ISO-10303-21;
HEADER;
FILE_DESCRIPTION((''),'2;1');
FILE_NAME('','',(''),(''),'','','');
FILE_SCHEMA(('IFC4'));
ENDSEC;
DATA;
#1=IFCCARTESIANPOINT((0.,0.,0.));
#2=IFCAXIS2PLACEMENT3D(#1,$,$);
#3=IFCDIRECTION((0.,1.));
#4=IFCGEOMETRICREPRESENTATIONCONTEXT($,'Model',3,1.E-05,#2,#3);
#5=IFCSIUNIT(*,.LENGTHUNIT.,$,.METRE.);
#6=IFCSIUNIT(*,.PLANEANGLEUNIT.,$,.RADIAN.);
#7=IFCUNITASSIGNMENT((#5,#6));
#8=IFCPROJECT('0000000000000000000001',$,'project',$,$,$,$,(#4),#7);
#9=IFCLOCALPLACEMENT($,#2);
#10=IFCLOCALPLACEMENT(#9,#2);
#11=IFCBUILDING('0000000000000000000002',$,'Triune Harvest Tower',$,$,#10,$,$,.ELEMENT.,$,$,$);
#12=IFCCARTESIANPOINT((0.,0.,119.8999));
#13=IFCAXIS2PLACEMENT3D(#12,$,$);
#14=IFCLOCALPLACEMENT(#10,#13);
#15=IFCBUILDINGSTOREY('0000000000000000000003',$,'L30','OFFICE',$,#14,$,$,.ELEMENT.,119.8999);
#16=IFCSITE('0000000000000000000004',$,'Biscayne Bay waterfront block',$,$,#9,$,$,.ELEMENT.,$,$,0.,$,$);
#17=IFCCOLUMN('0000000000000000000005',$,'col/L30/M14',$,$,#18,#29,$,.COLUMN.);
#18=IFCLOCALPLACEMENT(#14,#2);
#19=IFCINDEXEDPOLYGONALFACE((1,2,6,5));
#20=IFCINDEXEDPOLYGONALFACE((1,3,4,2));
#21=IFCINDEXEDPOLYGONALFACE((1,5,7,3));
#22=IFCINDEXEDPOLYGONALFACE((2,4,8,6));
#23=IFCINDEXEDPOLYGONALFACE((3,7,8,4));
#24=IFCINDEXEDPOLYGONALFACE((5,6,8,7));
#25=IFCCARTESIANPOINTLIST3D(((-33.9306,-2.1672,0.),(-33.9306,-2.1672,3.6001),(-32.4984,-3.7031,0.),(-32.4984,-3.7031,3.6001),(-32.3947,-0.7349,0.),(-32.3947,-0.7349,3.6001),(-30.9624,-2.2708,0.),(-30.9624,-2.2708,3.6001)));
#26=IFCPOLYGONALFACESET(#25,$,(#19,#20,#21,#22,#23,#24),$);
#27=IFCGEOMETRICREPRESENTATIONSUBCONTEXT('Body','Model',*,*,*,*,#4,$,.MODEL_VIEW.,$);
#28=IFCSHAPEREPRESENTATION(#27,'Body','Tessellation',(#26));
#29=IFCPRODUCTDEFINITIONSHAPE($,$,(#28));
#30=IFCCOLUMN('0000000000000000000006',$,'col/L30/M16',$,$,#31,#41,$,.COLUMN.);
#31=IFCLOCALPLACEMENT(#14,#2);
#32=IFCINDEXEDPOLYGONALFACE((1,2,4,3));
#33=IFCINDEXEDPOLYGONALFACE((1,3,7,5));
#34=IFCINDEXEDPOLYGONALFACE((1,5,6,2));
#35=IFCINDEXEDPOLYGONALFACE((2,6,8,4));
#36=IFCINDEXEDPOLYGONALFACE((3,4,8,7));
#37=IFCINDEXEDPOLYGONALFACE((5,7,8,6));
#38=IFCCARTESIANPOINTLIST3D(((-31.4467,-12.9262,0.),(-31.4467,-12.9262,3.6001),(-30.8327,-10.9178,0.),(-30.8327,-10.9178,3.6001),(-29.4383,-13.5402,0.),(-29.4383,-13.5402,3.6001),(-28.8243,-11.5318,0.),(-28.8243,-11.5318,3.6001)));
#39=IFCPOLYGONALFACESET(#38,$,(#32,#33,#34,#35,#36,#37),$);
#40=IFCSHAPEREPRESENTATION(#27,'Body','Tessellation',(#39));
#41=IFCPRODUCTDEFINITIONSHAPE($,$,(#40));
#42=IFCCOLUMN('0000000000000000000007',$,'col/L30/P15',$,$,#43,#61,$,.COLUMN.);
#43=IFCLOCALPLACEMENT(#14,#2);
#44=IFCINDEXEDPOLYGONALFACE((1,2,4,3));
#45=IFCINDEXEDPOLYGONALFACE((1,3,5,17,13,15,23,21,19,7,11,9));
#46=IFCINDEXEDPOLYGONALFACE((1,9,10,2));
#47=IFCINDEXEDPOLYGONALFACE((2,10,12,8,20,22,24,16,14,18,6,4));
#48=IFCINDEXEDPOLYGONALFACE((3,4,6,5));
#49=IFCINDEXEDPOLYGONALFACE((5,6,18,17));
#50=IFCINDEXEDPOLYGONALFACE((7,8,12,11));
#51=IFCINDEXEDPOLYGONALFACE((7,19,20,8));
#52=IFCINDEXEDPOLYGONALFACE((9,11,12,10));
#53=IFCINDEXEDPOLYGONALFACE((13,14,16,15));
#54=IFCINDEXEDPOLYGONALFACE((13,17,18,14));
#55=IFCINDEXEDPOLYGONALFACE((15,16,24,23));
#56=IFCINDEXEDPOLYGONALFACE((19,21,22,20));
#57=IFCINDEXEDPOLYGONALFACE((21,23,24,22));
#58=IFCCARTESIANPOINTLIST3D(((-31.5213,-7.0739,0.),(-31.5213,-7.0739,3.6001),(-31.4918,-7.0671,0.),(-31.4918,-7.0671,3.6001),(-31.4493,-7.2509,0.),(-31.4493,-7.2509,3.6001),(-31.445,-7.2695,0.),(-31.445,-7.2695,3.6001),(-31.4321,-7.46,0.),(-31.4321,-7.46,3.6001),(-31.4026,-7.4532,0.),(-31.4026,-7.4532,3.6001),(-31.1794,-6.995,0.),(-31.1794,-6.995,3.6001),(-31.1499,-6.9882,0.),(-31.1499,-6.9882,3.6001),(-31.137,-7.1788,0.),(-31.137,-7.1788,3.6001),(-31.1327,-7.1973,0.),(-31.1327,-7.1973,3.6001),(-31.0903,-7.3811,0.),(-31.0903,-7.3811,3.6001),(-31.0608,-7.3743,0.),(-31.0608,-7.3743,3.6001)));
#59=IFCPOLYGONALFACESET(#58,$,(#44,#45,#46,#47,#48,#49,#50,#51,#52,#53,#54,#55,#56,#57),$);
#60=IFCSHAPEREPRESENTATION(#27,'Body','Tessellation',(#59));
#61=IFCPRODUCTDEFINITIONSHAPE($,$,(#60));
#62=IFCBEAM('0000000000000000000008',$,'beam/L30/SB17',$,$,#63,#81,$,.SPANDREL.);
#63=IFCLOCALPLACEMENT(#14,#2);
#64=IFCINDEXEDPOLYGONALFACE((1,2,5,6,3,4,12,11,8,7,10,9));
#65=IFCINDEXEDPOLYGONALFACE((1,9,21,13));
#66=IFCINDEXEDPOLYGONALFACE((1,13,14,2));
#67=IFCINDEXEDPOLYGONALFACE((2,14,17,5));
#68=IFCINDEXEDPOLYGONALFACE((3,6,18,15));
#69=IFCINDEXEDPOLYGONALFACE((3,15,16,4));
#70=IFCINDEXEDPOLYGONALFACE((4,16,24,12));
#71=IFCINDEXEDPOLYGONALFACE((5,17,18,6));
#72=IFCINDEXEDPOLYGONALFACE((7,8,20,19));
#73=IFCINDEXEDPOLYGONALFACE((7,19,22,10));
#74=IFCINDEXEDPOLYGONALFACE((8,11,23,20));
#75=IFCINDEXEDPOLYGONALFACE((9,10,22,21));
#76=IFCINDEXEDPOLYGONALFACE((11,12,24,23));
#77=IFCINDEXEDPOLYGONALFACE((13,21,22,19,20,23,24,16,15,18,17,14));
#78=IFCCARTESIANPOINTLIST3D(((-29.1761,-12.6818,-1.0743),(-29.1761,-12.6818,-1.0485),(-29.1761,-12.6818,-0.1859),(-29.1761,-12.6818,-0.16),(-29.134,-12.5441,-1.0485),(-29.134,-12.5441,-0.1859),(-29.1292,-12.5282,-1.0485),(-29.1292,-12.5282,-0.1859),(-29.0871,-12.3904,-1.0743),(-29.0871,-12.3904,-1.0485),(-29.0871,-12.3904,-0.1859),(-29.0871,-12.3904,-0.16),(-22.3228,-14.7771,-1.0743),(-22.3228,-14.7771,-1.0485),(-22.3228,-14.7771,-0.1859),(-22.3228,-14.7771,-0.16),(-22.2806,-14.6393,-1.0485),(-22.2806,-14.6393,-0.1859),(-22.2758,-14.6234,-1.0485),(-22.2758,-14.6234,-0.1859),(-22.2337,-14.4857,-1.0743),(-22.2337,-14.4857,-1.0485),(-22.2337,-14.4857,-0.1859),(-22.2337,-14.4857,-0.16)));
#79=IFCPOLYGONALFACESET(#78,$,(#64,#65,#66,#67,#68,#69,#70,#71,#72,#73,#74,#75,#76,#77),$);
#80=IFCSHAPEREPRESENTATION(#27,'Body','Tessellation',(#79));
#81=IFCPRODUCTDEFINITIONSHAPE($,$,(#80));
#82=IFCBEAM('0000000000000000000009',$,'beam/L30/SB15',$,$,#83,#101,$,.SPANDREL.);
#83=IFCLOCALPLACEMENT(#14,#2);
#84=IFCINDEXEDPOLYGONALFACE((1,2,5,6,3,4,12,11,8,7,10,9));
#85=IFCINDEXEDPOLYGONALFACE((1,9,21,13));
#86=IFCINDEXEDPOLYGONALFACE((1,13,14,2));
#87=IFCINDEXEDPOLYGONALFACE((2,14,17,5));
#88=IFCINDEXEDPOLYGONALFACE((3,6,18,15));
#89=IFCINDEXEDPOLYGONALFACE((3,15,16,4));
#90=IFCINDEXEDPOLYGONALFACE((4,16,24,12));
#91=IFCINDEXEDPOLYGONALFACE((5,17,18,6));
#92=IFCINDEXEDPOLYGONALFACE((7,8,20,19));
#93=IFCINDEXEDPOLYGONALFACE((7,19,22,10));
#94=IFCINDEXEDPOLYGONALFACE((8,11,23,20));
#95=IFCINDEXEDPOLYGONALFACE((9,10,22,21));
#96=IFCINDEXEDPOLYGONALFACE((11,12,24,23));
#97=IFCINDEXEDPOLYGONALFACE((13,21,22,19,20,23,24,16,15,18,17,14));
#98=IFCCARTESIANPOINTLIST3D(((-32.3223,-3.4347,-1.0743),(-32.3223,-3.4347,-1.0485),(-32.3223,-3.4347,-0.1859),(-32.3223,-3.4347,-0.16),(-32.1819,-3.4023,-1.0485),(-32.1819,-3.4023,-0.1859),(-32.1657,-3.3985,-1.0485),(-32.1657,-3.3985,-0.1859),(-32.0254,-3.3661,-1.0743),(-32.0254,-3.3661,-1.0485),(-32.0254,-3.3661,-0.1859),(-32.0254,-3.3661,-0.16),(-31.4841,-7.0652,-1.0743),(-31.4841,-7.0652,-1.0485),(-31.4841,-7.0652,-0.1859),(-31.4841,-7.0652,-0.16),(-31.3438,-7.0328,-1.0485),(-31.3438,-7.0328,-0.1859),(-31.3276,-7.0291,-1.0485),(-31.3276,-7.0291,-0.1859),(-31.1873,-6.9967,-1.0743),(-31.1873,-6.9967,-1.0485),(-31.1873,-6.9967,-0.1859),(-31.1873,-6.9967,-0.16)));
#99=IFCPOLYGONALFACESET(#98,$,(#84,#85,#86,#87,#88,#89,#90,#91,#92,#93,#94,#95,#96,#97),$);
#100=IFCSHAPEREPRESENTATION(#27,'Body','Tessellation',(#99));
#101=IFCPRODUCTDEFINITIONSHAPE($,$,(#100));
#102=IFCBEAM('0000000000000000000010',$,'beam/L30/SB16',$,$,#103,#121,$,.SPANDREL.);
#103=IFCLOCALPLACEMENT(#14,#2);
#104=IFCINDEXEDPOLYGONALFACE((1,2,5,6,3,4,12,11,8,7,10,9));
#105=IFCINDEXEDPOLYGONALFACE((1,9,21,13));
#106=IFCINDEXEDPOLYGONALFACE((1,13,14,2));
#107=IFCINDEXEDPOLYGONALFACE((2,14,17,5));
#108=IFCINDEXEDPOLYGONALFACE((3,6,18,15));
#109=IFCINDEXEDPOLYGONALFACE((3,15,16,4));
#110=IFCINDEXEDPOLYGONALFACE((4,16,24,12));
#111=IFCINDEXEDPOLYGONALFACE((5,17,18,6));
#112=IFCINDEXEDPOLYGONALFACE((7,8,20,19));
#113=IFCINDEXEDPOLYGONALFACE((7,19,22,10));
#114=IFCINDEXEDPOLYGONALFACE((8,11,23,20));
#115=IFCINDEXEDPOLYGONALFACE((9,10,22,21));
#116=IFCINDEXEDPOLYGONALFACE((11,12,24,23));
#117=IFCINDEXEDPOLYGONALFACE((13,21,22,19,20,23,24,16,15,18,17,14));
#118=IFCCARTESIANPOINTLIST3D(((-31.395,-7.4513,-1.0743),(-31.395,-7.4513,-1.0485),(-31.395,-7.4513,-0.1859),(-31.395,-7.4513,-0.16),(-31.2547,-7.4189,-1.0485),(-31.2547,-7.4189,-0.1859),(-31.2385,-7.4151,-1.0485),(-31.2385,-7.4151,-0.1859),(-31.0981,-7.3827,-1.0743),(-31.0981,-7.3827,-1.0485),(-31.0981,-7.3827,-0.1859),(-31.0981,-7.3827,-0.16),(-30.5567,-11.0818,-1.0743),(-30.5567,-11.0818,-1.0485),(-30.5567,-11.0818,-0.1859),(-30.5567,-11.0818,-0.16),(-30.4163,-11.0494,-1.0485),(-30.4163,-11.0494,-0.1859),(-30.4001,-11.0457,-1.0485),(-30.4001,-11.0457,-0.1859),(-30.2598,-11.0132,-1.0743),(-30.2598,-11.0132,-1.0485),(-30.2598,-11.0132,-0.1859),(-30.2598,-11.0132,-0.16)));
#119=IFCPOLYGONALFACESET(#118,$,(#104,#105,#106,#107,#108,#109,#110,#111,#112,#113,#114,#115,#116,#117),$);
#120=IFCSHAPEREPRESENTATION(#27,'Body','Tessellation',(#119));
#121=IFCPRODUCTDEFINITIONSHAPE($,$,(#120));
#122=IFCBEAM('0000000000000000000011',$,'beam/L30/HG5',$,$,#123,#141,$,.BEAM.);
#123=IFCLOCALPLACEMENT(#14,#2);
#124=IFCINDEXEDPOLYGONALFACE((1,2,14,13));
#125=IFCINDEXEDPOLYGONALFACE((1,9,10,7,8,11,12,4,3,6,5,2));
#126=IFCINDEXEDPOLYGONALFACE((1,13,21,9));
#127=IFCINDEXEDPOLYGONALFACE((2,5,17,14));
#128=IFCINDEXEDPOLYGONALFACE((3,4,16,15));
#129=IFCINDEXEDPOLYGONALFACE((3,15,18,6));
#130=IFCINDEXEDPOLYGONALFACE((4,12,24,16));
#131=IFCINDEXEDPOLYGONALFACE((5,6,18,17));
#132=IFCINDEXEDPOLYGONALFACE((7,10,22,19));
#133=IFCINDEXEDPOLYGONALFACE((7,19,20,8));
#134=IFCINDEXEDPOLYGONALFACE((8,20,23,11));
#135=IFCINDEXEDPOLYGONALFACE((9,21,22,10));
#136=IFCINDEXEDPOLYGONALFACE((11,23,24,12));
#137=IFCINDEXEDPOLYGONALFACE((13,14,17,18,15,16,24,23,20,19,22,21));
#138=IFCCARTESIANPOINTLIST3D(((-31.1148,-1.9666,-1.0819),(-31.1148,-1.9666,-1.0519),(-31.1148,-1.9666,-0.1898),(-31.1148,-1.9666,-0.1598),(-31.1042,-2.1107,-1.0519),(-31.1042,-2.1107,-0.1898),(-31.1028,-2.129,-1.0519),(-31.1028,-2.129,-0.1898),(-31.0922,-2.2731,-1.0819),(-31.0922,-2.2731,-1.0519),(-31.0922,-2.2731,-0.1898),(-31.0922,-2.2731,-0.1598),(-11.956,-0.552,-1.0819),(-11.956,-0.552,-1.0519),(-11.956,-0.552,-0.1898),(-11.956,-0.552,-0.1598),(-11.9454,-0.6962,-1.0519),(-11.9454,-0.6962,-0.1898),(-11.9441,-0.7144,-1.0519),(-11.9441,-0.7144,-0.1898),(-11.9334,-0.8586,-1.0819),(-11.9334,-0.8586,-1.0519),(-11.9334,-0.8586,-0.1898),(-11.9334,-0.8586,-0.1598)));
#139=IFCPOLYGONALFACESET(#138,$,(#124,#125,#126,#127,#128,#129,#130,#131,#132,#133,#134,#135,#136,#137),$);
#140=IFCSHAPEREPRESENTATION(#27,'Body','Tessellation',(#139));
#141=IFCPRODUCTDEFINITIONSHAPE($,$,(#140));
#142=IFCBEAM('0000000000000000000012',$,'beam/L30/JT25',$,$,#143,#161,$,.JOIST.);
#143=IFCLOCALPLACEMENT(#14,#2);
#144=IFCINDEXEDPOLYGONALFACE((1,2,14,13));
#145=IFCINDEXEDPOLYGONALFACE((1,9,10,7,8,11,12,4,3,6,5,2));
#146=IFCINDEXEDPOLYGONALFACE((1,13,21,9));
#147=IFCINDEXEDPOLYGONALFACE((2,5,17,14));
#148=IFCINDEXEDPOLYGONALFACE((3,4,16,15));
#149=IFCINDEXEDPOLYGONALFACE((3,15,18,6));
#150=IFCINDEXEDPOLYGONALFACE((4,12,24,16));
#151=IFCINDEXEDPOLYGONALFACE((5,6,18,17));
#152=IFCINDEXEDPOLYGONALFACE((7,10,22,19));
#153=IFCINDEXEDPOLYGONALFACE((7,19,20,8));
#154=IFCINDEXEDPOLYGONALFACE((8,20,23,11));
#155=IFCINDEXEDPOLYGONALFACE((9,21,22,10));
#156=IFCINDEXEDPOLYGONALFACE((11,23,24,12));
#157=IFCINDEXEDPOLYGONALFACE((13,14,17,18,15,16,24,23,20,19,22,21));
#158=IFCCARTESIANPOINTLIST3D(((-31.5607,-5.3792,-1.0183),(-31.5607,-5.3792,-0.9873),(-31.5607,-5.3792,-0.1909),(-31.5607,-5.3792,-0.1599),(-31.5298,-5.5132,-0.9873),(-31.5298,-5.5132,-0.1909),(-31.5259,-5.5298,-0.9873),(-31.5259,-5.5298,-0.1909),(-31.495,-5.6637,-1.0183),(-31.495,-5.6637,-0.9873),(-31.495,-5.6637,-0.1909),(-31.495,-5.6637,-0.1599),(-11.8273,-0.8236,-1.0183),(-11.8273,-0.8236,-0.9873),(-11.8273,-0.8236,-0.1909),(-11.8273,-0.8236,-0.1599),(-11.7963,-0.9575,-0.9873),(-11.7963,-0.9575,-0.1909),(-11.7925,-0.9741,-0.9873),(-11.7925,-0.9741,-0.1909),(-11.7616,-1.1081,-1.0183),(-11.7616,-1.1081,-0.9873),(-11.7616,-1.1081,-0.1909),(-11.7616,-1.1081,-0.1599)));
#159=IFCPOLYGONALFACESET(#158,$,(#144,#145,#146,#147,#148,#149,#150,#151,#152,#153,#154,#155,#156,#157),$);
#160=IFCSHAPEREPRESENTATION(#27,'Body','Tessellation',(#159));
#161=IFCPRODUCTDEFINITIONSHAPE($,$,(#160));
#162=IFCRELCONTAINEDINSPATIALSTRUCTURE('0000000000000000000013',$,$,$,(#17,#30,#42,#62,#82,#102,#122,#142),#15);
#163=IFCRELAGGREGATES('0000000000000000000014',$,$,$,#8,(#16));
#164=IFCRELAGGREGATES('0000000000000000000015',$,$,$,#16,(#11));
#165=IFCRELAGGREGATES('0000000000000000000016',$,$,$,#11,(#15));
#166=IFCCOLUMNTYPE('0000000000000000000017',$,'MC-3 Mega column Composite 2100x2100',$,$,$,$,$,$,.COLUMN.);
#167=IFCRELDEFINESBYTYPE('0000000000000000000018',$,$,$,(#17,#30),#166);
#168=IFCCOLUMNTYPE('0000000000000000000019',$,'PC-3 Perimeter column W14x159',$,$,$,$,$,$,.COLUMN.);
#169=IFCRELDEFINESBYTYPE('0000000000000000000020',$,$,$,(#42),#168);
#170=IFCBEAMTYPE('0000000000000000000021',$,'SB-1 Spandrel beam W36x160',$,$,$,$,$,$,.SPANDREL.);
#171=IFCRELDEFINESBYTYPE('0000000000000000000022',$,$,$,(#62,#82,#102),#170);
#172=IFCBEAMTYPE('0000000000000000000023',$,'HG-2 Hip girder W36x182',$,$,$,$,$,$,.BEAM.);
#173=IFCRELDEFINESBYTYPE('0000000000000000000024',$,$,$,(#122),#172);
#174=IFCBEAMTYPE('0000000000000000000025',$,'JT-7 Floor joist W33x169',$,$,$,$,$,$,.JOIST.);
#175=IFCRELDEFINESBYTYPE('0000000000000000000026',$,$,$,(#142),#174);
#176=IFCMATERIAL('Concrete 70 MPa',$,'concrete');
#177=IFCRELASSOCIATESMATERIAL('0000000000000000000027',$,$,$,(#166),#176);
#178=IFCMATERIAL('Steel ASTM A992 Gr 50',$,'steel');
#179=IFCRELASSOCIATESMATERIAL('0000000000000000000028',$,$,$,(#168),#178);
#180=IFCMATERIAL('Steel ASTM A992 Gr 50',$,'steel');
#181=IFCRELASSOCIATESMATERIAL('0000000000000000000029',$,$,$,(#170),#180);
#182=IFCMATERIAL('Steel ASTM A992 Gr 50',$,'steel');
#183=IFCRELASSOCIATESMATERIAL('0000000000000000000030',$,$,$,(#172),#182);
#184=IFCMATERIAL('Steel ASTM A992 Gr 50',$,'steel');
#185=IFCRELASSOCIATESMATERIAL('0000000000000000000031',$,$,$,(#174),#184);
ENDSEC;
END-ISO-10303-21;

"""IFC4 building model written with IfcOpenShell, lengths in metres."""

from ifc_helpers import new_model, si_unit, direction, frame, origin, origin_2d, place, context, subcontext, project, spatial, rectangle, i_section, extrude, source, transform, mapped, material, material_profile, profile_set, type_object, element, save


model = new_model("IFC4")

# Units and contexts
model_context = context("Model", 3, precision=1e-05, world=origin(), true_north=direction((0.0, 1.0)))
body_context = subcontext(model_context, "Body", "Model", "MODEL_VIEW")
ifc_project = project(units=[si_unit("LENGTHUNIT", "METRE"), si_unit("PLANEANGLEUNIT", "RADIAN")], contexts=[model_context])

# Site, building, storey
site_placement = place(None, origin())
site = spatial("IfcSite", under=ifc_project, at=site_placement, Name="Biscayne Bay waterfront block", CompositionType="ELEMENT", RefElevation=0.0)
building_placement = place(site_placement, origin())
building = spatial("IfcBuilding", under=site, at=building_placement, Name="Triune Harvest Tower", CompositionType="ELEMENT")
storey_placement = place(building_placement, frame((0.0, 0.0, 119.8999)))
storey = spatial("IfcBuildingStorey", under=building, at=storey_placement, Name="L30", Description="OFFICE", CompositionType="ELEMENT", Elevation=119.8999)

# Columns
ifc_material_1 = material(Name="Concrete 70 MPa", Category="concrete")
ifc_material_profile_1 = material_profile(ifc_material_1, rectangle(XDim=2.1001, YDim=2.1001, at=origin_2d()), Name="Composite 2100x2100")
ifc_profile_set_1 = profile_set([ifc_material_profile_1], Name="Concrete 70 MPa")
column_type_1 = type_object("IfcColumnType", Name="MC-3 Mega column Composite 2100x2100", PredefinedType="COLUMN", material=ifc_profile_set_1)
shared_shape_1 = source(origin(), body_context, "Body", "SweptSolid", [
    extrude(rectangle(XDim=2.1001, YDim=2.1001, at=origin_2d()), origin(), (0.0, 0.0, 1.0), 3.6001),
])
for number, where, z_axis, x_axis, name in (
    (1, (-32.4465, -2.219, 0.0), (0.0, 0.0, 1.0), (-0.731355, -0.681997, 0.0), "col/L30/M14"),
    (2, (-30.1355, -12.229, 0.0), (0.0, 0.0, 1.0), (0.956305, -0.292372, 0.0), "col/L30/M16"),
):
    element("IfcColumn", number, at=place(storey_placement, frame(where, z_axis=z_axis, x_axis=x_axis)), inside=storey, type_object=column_type_1, Name=name, PredefinedType="COLUMN", context=body_context, shape_type="MappedRepresentation", body=[
        mapped(shared_shape_1, transform((0.0, 0.0, 0.0), scale=1.0)),
    ])
ifc_material_2 = material(Name="Steel ASTM A992 Gr 50", Category="steel")
ifc_material_profile_2 = material_profile(ifc_material_2, i_section(OverallWidth=0.3962, OverallDepth=0.3811, WebThickness=0.019, FlangeThickness=0.0303, at=origin_2d()), Name="W14x159")
ifc_profile_set_2 = profile_set([ifc_material_profile_2], Name="Steel ASTM A992 Gr 50")
column_type_2 = type_object("IfcColumnType", Name="PC-3 Perimeter column W14x159", PredefinedType="COLUMN", material=ifc_profile_set_2)
shared_shape_2 = source(origin(), body_context, "Body", "SweptSolid", [
    extrude(i_section(OverallWidth=0.3962, OverallDepth=0.3811, WebThickness=0.019, FlangeThickness=0.0303, at=origin_2d()), origin(), (0.0, 0.0, 1.0), 3.6001),
])
column_placement = place(storey_placement, frame((-31.291, -7.2241, 0.0), z_axis=(0.0, 0.0, 1.0), x_axis=(0.224951, -0.97437, 0.0)))
element("IfcColumn", 3, at=column_placement, inside=storey, type_object=column_type_2, Name="col/L30/P15", PredefinedType="COLUMN", context=body_context, shape_type="MappedRepresentation", body=[
    mapped(shared_shape_2, transform((0.0, 0.0, 0.0), scale=1.0)),
])

# Beams
ifc_material_3 = material(Name="Steel ASTM A992 Gr 50", Category="steel")
ifc_material_profile_3 = material_profile(ifc_material_3, i_section(OverallWidth=0.3047, OverallDepth=0.9143, WebThickness=0.0166, FlangeThickness=0.0259, at=origin_2d()), Name="W36x160")
ifc_profile_set_3 = profile_set([ifc_material_profile_3], Name="Steel ASTM A992 Gr 50")
beam_type_1 = type_object("IfcBeamType", Name="SB-1 Spandrel beam W36x160", PredefinedType="SPANDREL", material=ifc_profile_set_3)
shared_shape_3 = source(origin(), body_context, "Body", "SweptSolid", [
    extrude(i_section(OverallWidth=0.3047, OverallDepth=0.9143, WebThickness=0.0166, FlangeThickness=0.0259, at=origin_2d()), origin(), (0.0, 0.0, 1.0), 7.1665),
])
beam_1_placement = place(storey_placement, frame((-29.1316, -12.5361, -0.6172), z_axis=(0.956306, -0.292367, 0.0), x_axis=(0.292367, 0.956306, 0.0)))
element("IfcBeam", 4, at=beam_1_placement, inside=storey, type_object=beam_type_1, Name="beam/L30/SB17", PredefinedType="SPANDREL", context=body_context, shape_type="MappedRepresentation", body=[
    mapped(shared_shape_3, transform((0.0, 0.0, 0.0), scale=1.0)),
])
shared_shape_4 = source(origin(), body_context, "Body", "SweptSolid", [
    extrude(i_section(OverallWidth=0.3047, OverallDepth=0.9143, WebThickness=0.0166, FlangeThickness=0.0259, at=origin_2d()), origin(), (0.0, 0.0, 1.0), 3.7261),
])
for number, where, z_axis, x_axis, name in (
    (5, (-32.1738, -3.4004, -0.6172), (0.224936, -0.974374, 0.0), (0.974374, 0.224936, 0.0), "beam/L30/SB15"),
    (6, (-31.2466, -7.417, -0.6172), (0.224998, -0.974359, 0.0), (0.974359, 0.224998, 0.0), "beam/L30/SB16"),
):
    element("IfcBeam", number, at=place(storey_placement, frame(where, z_axis=z_axis, x_axis=x_axis)), inside=storey, type_object=beam_type_1, Name=name, PredefinedType="SPANDREL", context=body_context, shape_type="MappedRepresentation", body=[
        mapped(shared_shape_4, transform((0.0, 0.0, 0.0), scale=1.0)),
    ])
ifc_material_4 = material(Name="Steel ASTM A992 Gr 50", Category="steel")
ifc_material_profile_4 = material_profile(ifc_material_4, i_section(OverallWidth=0.3074, OverallDepth=0.9221, WebThickness=0.0183, FlangeThickness=0.03, at=origin_2d()), Name="W36x182")
ifc_profile_set_4 = profile_set([ifc_material_profile_4], Name="Steel ASTM A992 Gr 50")
beam_type_2 = type_object("IfcBeamType", Name="HG-2 Hip girder W36x182", PredefinedType="BEAM", material=ifc_profile_set_4)
shared_shape_5 = source(origin(), body_context, "Body", "SweptSolid", [
    extrude(i_section(OverallWidth=0.3074, OverallDepth=0.9221, WebThickness=0.0183, FlangeThickness=0.03, at=origin_2d()), origin(), (0.0, 0.0, 1.0), 19.2109),
])
beam_2_placement = place(storey_placement, frame((-31.1035, -2.1199, -0.6208), z_axis=(0.997285, 0.073633, 0.0), x_axis=(-0.073633, 0.997285, 0.0)))
element("IfcBeam", 7, at=beam_2_placement, inside=storey, type_object=beam_type_2, Name="beam/L30/HG5", PredefinedType="BEAM", context=body_context, shape_type="MappedRepresentation", body=[
    mapped(shared_shape_5, transform((0.0, 0.0, 0.0), scale=1.0)),
])
ifc_material_5 = material(Name="Steel ASTM A992 Gr 50", Category="steel")
ifc_material_profile_5 = material_profile(ifc_material_5, i_section(OverallWidth=0.292, OverallDepth=0.8584, WebThickness=0.0171, FlangeThickness=0.031, at=origin_2d()), Name="W33x169")
ifc_profile_set_5 = profile_set([ifc_material_profile_5], Name="Steel ASTM A992 Gr 50")
beam_type_3 = type_object("IfcBeamType", Name="JT-7 Floor joist W33x169", PredefinedType="JOIST", material=ifc_profile_set_5)
shared_shape_6 = source(origin(), body_context, "Body", "SweptSolid", [
    extrude(i_section(OverallWidth=0.292, OverallDepth=0.8584, WebThickness=0.0171, FlangeThickness=0.031, at=origin_2d()), origin(), (0.0, 0.0, 1.0), 20.2524),
])
beam_3_placement = place(storey_placement, frame((-31.5278, -5.5215, -0.5891), z_axis=(0.974372, 0.224944, 0.0), x_axis=(-0.224944, 0.974372, 0.0)))
element("IfcBeam", 8, at=beam_3_placement, inside=storey, type_object=beam_type_3, Name="beam/L30/JT25", PredefinedType="JOIST", context=body_context, shape_type="MappedRepresentation", body=[
    mapped(shared_shape_6, transform((0.0, 0.0, 0.0), scale=1.0)),
])

save(model, "model.ifc")
